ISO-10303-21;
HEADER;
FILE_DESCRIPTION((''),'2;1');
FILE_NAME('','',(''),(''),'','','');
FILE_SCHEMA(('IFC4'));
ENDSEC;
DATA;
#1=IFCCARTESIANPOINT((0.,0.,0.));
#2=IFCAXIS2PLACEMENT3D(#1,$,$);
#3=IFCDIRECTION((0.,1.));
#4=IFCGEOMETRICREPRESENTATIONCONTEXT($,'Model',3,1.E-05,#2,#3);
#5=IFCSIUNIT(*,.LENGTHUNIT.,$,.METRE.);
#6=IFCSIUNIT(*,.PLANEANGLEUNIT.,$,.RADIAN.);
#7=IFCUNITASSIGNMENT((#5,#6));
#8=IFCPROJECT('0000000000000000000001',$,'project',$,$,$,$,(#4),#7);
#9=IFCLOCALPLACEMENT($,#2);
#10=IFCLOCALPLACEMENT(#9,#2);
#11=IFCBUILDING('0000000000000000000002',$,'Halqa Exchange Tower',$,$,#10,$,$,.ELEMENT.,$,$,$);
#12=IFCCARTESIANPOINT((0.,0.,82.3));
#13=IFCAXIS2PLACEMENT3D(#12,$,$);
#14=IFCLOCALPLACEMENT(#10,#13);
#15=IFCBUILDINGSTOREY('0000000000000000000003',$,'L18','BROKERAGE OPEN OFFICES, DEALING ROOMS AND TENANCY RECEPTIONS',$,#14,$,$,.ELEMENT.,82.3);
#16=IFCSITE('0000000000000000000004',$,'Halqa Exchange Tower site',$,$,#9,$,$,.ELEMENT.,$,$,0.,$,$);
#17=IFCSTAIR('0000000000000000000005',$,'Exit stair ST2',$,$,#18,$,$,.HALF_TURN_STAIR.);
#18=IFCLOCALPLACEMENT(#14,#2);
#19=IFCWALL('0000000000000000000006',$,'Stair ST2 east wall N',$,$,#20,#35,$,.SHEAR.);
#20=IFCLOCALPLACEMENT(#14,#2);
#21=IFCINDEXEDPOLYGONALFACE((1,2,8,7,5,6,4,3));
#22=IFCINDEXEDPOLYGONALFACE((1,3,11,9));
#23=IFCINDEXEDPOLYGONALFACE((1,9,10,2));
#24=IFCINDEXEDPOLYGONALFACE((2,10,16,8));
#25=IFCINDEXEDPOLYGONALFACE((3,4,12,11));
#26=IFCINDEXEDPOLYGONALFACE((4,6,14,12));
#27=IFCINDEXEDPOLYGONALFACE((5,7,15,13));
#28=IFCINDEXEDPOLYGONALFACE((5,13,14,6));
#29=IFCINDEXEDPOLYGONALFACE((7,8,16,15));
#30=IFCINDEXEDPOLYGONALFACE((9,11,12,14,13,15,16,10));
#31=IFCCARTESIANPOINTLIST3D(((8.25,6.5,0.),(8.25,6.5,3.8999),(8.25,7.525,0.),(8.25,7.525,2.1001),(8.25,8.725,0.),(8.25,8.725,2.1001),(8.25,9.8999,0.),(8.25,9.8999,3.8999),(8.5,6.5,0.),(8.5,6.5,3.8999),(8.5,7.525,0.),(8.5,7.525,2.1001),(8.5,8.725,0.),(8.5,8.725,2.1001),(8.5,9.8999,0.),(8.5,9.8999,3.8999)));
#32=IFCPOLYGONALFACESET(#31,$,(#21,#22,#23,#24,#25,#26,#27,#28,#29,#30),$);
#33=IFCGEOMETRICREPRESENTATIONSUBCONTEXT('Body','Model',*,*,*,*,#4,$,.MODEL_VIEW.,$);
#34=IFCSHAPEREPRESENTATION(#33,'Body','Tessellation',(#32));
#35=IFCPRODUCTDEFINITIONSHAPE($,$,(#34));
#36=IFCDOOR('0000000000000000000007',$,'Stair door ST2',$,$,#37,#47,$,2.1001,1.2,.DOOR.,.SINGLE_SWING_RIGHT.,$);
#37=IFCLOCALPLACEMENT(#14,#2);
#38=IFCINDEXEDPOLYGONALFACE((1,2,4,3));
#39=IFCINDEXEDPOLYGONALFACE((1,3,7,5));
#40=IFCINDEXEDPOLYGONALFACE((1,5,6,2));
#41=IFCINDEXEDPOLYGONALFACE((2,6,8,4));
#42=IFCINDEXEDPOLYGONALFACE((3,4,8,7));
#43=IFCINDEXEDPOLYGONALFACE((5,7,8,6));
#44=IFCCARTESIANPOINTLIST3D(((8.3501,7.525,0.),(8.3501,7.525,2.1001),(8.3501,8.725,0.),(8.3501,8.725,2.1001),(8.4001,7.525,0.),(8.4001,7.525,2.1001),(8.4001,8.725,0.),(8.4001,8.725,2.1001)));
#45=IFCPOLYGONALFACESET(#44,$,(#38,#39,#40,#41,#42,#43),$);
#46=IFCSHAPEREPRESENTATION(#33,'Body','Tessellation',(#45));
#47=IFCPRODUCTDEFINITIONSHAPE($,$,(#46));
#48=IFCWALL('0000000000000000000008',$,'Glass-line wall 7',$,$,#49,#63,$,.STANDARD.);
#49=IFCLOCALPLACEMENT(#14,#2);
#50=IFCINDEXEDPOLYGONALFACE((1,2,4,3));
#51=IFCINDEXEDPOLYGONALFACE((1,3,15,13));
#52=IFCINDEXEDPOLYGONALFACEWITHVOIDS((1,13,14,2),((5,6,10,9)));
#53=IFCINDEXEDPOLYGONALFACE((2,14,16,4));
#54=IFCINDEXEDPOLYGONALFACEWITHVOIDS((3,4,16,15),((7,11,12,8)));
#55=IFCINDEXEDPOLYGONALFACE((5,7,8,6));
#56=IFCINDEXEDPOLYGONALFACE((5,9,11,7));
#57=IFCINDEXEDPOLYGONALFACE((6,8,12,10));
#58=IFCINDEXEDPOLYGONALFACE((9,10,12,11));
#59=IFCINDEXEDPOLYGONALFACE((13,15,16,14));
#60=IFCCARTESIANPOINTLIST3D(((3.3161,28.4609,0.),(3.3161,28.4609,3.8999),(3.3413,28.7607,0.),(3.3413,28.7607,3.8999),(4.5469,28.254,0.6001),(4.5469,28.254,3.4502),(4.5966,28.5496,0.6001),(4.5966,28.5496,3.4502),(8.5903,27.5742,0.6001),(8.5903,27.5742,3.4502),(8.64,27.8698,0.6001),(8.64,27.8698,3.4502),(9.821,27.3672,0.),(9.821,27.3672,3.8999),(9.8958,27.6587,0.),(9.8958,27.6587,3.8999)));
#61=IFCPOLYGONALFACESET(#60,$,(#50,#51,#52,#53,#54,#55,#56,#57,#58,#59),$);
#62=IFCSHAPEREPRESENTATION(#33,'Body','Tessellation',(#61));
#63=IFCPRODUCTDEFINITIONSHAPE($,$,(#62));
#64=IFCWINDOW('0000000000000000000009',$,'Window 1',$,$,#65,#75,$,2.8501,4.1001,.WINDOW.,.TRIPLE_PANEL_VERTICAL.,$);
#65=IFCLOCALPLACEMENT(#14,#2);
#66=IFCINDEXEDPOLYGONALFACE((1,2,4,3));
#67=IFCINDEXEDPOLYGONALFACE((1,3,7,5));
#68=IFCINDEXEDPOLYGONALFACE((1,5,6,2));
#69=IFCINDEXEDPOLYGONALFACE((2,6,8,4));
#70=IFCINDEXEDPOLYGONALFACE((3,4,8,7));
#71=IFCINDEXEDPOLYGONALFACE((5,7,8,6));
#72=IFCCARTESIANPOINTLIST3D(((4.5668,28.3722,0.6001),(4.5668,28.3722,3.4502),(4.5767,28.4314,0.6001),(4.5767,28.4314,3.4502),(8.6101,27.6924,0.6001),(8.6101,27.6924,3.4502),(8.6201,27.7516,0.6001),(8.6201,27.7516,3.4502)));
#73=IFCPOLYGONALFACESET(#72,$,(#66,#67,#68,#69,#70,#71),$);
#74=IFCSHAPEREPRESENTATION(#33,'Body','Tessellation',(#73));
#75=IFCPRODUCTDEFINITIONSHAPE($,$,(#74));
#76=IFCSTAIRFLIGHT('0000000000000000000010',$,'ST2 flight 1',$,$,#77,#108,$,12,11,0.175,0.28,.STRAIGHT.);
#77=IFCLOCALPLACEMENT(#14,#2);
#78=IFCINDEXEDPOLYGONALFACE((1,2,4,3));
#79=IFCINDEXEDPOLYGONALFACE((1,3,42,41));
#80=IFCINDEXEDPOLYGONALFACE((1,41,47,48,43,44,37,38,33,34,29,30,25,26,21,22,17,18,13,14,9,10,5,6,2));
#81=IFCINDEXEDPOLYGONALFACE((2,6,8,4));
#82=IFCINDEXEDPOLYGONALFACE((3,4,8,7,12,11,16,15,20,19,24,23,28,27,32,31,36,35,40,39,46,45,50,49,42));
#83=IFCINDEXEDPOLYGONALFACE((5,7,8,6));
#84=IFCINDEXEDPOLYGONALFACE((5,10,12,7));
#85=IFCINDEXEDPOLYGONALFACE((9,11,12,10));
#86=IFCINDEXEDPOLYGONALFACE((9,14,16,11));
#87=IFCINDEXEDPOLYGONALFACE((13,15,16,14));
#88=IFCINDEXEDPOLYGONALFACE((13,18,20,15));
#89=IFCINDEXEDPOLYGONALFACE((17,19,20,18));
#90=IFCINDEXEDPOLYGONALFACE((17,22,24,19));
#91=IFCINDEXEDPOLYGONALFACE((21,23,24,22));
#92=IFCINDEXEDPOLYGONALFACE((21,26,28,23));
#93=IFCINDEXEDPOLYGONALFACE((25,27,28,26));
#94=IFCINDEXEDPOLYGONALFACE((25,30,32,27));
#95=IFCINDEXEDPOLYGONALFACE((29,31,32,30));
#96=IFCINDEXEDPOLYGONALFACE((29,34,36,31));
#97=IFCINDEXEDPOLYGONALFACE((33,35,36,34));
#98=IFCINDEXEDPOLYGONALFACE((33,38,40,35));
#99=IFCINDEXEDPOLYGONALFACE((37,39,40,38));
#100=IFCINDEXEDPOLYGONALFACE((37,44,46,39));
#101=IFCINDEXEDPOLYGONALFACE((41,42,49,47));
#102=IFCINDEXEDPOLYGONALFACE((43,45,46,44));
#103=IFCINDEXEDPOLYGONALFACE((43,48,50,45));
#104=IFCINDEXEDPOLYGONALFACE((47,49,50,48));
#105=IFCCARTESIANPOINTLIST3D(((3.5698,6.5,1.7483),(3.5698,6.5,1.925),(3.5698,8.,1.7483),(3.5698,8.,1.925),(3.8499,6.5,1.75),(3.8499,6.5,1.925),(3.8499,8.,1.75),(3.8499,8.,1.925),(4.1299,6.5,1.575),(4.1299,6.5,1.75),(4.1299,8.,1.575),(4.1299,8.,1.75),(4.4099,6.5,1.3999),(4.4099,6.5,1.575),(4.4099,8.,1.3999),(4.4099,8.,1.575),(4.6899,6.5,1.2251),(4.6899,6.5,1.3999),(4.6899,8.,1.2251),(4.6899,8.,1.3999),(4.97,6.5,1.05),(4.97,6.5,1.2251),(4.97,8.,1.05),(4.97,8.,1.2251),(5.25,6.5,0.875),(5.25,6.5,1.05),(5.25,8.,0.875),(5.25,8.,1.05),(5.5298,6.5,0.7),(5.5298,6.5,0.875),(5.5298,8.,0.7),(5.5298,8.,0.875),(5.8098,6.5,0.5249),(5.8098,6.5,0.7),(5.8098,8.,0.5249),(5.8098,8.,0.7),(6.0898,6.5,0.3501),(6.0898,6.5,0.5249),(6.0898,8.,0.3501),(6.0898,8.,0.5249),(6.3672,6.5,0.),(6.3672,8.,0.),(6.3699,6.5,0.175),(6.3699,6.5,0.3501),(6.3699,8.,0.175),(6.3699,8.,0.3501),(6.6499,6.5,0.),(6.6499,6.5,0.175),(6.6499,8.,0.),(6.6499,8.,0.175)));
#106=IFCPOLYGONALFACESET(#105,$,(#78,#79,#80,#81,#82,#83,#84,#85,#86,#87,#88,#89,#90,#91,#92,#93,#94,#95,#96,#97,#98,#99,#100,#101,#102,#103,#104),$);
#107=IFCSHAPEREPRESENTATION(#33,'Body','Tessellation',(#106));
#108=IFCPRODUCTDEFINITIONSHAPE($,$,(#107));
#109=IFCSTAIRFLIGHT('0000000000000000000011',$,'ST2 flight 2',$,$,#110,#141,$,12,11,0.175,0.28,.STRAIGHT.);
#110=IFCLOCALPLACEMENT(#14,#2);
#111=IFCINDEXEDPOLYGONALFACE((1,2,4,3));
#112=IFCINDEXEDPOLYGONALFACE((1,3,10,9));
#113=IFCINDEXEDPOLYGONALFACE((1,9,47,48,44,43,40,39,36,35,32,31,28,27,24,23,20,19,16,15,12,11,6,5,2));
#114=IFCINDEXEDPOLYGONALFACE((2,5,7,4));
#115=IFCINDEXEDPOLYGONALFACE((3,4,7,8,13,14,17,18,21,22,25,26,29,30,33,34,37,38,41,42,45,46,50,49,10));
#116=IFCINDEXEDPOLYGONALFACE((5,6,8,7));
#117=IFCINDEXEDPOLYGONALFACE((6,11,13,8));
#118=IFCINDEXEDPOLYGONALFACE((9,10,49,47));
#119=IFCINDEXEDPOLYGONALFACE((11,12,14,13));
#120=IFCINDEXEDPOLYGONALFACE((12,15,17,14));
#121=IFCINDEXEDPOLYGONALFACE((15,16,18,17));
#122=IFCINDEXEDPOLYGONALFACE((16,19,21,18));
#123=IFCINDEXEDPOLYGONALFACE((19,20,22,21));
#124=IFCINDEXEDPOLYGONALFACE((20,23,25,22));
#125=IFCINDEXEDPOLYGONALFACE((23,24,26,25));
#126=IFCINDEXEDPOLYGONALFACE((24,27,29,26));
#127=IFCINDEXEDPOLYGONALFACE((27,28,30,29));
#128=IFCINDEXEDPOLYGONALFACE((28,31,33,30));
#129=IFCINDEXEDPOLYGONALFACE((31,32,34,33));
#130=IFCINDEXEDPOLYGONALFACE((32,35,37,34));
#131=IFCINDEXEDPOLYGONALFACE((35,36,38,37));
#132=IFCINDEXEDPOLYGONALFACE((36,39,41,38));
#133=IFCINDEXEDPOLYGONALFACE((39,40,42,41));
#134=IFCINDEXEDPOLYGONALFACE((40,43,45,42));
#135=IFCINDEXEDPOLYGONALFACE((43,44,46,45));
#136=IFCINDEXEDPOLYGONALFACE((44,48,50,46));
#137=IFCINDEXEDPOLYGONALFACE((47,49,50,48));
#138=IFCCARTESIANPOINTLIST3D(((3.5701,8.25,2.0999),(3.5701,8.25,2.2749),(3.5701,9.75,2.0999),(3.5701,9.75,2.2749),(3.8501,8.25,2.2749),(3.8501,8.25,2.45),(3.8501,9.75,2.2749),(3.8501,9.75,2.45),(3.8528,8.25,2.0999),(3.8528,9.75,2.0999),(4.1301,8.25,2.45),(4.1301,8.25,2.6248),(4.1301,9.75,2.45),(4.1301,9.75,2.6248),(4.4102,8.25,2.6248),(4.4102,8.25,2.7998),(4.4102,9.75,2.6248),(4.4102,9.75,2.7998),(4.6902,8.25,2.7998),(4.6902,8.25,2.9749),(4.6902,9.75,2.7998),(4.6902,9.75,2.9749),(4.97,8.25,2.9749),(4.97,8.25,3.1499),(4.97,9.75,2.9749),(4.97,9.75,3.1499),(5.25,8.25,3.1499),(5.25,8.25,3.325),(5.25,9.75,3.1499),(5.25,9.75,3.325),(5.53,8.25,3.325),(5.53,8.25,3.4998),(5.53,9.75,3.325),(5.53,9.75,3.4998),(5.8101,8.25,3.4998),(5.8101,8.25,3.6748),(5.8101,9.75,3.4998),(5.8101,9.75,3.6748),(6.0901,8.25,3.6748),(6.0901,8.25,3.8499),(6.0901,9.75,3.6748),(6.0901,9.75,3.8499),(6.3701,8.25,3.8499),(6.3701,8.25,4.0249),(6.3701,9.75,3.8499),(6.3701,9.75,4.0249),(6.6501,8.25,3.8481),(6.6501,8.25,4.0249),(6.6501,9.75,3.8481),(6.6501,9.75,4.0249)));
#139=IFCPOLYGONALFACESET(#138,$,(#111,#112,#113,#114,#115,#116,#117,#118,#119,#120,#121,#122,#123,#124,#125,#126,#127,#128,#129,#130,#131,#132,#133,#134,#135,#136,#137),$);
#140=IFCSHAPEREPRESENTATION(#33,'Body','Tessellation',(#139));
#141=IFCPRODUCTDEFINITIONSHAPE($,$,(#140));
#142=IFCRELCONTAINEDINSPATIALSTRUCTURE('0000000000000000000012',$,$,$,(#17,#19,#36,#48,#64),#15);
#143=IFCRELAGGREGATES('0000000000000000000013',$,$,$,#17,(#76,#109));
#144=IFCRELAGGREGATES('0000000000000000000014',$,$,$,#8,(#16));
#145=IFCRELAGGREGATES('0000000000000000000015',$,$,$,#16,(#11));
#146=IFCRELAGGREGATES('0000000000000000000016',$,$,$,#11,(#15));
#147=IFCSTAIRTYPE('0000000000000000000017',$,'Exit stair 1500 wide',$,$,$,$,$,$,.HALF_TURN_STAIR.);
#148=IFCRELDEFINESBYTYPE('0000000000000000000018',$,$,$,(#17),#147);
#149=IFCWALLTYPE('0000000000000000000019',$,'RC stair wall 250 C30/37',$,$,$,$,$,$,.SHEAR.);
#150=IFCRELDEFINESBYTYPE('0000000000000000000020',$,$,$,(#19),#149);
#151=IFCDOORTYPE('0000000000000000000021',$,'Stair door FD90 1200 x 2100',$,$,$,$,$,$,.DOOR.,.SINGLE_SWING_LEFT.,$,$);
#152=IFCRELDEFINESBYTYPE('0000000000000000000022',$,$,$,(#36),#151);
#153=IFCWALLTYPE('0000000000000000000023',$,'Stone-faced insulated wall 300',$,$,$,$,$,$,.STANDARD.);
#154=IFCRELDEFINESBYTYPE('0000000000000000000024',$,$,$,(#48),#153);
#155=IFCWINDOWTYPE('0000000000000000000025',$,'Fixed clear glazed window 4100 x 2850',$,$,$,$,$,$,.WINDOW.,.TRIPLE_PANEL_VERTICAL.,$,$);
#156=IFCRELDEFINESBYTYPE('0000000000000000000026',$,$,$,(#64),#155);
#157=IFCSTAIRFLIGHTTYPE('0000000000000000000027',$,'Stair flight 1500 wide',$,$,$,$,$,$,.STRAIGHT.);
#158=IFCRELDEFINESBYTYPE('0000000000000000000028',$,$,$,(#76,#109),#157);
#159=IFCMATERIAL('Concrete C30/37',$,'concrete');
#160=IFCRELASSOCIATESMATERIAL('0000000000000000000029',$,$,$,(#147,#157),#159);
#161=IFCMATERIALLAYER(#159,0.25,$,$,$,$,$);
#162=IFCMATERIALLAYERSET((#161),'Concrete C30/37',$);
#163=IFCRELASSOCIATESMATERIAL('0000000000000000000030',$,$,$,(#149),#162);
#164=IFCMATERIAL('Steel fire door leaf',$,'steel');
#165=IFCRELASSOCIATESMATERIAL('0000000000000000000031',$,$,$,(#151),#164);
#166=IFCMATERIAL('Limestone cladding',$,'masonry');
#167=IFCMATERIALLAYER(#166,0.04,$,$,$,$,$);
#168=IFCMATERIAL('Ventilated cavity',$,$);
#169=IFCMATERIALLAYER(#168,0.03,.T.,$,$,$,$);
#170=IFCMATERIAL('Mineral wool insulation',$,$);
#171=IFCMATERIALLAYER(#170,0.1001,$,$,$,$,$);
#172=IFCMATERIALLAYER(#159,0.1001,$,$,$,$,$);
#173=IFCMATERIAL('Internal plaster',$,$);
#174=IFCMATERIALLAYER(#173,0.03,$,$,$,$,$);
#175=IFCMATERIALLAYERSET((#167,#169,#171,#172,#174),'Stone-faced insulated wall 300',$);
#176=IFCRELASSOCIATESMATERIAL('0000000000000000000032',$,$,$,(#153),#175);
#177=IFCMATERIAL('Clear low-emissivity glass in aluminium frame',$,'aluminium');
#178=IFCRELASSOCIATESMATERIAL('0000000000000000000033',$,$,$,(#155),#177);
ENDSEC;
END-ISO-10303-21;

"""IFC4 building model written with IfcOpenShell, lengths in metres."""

from ifc_helpers import new_model, si_unit, direction, frame, frame_2d, origin, place, context, subcontext, project, spatial, polyline, rectangle, outline, extrude, material, layer, layer_set, type_object, element, fill, aggregate, save


model = new_model("IFC4")

# Units and contexts
model_context = context("Model", 3, precision=1e-05, world=origin(), true_north=direction((0.0, 1.0)))
body_context = subcontext(model_context, "Body", "Model", "MODEL_VIEW")
ifc_project = project(units=[si_unit("LENGTHUNIT", "METRE"), si_unit("PLANEANGLEUNIT", "RADIAN")], contexts=[model_context])

# Site, building, storey
site_placement = place(None, origin())
site = spatial("IfcSite", under=ifc_project, at=site_placement, Name="Halqa Exchange Tower site", CompositionType="ELEMENT", RefElevation=0.0)
building_placement = place(site_placement, origin())
building = spatial("IfcBuilding", under=site, at=building_placement, Name="Halqa Exchange Tower", CompositionType="ELEMENT")
storey_placement = place(building_placement, frame((0.0, 0.0, 82.3)))
storey = spatial("IfcBuildingStorey", under=building, at=storey_placement, Name="L18", Description="BROKERAGE OPEN OFFICES, DEALING ROOMS AND TENANCY RECEPTIONS", CompositionType="ELEMENT", Elevation=82.3)

# Stair
ifc_material_1 = material(Name="Concrete C30/37", Category="concrete")
stair_type = type_object("IfcStairType", Name="Exit stair 1500 wide", PredefinedType="HALF_TURN_STAIR", material=ifc_material_1)
stair_1_placement = place(storey_placement, origin())
stair_1 = element("IfcStair", 1, at=stair_1_placement, inside=storey, type_object=stair_type, Name="Exit stair ST2", PredefinedType="HALF_TURN_STAIR")

# Shared definitions
ifc_layer_1 = layer(ifc_material_1, 0.25)
ifc_layer_set_1 = layer_set([ifc_layer_1], Name="Concrete C30/37")
wall_type_1 = type_object("IfcWallType", Name="RC stair wall 250 C30/37", PredefinedType="SHEAR", material=ifc_layer_set_1)

# Wall, opening, door
wall_1_placement = place(storey_placement, frame((8.375, 6.5, 0.0), z_axis=(0.0, 0.0, 1.0), x_axis=(0.0, 1.0, 0.0)))
wall_1 = element("IfcWall", 2, at=wall_1_placement, inside=storey, type_object=wall_type_1, Name="Stair ST2 east wall N", PredefinedType="SHEAR", context=body_context, shape_type="SweptSolid", body=[
    extrude(rectangle(XDim=3.3999, YDim=0.25, at=frame_2d((1.7, 0.0))), origin(), (0.0, 0.0, 1.0), 3.8999),
])
opening_1_placement = place(wall_1_placement, frame((1.0249, 0.0, 0.0)))
opening_1 = element("IfcOpeningElement", 3, at=opening_1_placement, cuts=wall_1, PredefinedType="OPENING", context=body_context, shape_type="SweptSolid", body=[
    extrude(rectangle(XDim=1.2, YDim=2.1001, at=frame_2d((0.6001, 1.05))), frame((0.0, 0.137, 0.0), z_axis=(0.0, -1.0, 0.0), x_axis=(1.0, 0.0, 0.0)), (0.0, 0.0, 1.0), 0.2739),
])
ifc_material_2 = material(Name="Steel fire door leaf", Category="steel")
door_type_1 = type_object("IfcDoorType", Name="Stair door FD90 1200 x 2100", OperationType="SINGLE_SWING_LEFT", PredefinedType="DOOR", material=ifc_material_2)
door_1_placement = place(opening_1_placement, origin())
door_1 = element("IfcDoor", 4, at=door_1_placement, inside=storey, type_object=door_type_1, Name="Stair door ST2", OperationType="SINGLE_SWING_RIGHT", OverallHeight=2.1001, OverallWidth=1.2, PredefinedType="DOOR", context=body_context, shape_type="SweptSolid", body=[
    extrude(rectangle(XDim=1.2, YDim=2.1001, at=frame_2d((0.6001, 1.05))), frame((0.0, 0.0249, 0.0), z_axis=(0.0, -1.0, 0.0), x_axis=(1.0, 0.0, 0.0)), (0.0, 0.0, 1.0), 0.05),
])
fill(opening_1, door_1)

# Wall, opening, window
ifc_material_3 = material(Name="Limestone cladding", Category="masonry")
ifc_layer_2 = layer(ifc_material_3, 0.04)
ifc_material_4 = material(Name="Ventilated cavity")
ifc_layer_3 = layer(ifc_material_4, 0.03, ventilated=True)
ifc_material_5 = material(Name="Mineral wool insulation")
ifc_layer_4 = layer(ifc_material_5, 0.1001)
ifc_layer_5 = layer(ifc_material_1, 0.1001)
ifc_material_6 = material(Name="Internal plaster")
ifc_layer_6 = layer(ifc_material_6, 0.03)
ifc_layer_set_2 = layer_set([ifc_layer_2, ifc_layer_3, ifc_layer_4, ifc_layer_5, ifc_layer_6], Name="Stone-faced insulated wall 300")
wall_type_2 = type_object("IfcWallType", Name="Stone-faced insulated wall 300", PredefinedType="STANDARD", material=ifc_layer_set_2)
wall_2_placement = place(storey_placement, frame((9.8584, 27.5129, 0.0), z_axis=(0.0, 0.0, 1.0), x_axis=(-0.986158, 0.16581, 0.0)))
wall_2 = element("IfcWall", 5, at=wall_2_placement, inside=storey, type_object=wall_type_2, Name="Glass-line wall 7", PredefinedType="STANDARD", context=body_context, shape_type="SweptSolid", body=[
    extrude(outline(polyline([(-0.0127, -0.1499), (6.6338, -0.1499), (6.6089, 0.1499), (0.0127, 0.1499), (-0.0127, -0.1499)])), origin(), (0.0, 0.0, 1.0), 3.8999),
])
opening_2_placement = place(wall_2_placement, frame((1.2607, 0.0, 0.6001)))
opening_2 = element("IfcOpeningElement", 6, at=opening_2_placement, cuts=wall_2, PredefinedType="OPENING", context=body_context, shape_type="SweptSolid", body=[
    extrude(rectangle(XDim=4.1001, YDim=2.8501, at=frame_2d((2.05, 1.425))), frame((0.0, 0.1621, 0.0), z_axis=(0.0, -1.0, 0.0), x_axis=(1.0, 0.0, 0.0)), (0.0, 0.0, 1.0), 0.324),
])
ifc_material_7 = material(Name="Clear low-emissivity glass in aluminium frame", Category="aluminium")
window_type = type_object("IfcWindowType", Name="Fixed clear glazed window 4100 x 2850", PartitioningType="TRIPLE_PANEL_VERTICAL", PredefinedType="WINDOW", material=ifc_material_7)
window_placement = place(opening_2_placement, origin())
window = element("IfcWindow", 7, at=window_placement, inside=storey, type_object=window_type, Name="Window 1", OverallHeight=2.8501, OverallWidth=4.1001, PartitioningType="TRIPLE_PANEL_VERTICAL", PredefinedType="WINDOW", context=body_context, shape_type="SweptSolid", body=[
    extrude(rectangle(XDim=4.1001, YDim=2.8501, at=frame_2d((2.05, 1.425))), frame((0.0, 0.03, 0.0), z_axis=(0.0, -1.0, 0.0), x_axis=(1.0, 0.0, 0.0)), (0.0, 0.0, 1.0), 0.0601),
])
fill(opening_2, window)

# Stair flights
stair_flight_type = type_object("IfcStairFlightType", Name="Stair flight 1500 wide", PredefinedType="STRAIGHT", material=ifc_material_1)
stair_flight_1_placement = place(storey_placement, frame((6.6499, 7.25, 0.0), z_axis=(0.0, 0.0, 1.0), x_axis=(-1.0, 0.0, 0.0)))
stair_flight_1 = element("IfcStairFlight", 8, at=stair_flight_1_placement, type_object=stair_flight_type, Name="ST2 flight 1", NumberOfRisers=12, NumberOfTreads=11, PredefinedType="STRAIGHT", RiserHeight=0.175, TreadLength=0.28, context=body_context, shape_type="SweptSolid", body=[
    extrude(outline(polyline([(0.0, 0.0), (0.0, 0.175), (0.28, 0.175), (0.28, 0.3501), (0.5601, 0.3501), (0.5601, 0.5249), (0.8401, 0.5249), (0.8401, 0.7), (1.1201, 0.7), (1.1201, 0.875), (1.3999, 0.875), (1.3999, 1.05), (1.6799, 1.05), (1.6799, 1.2251), (1.96, 1.2251), (1.96, 1.3999), (2.24, 1.3999), (2.24, 1.575), (2.52, 1.575), (2.52, 1.75), (2.8, 1.75), (2.8, 1.925), (3.0801, 1.925), (3.0801, 2.1001), (3.0801, 1.7483), (0.2827, 0.0), (0.0, 0.0)])), frame((0.0, 0.75, 0.0), z_axis=(0.0, -1.0, 0.0), x_axis=(1.0, 0.0, 0.0)), (0.0, 0.0, 1.0), 1.5),
])
stair_flight_2_placement = place(storey_placement, frame((3.5701, 9.0, 2.0999), z_axis=(0.0, 0.0, 1.0), x_axis=(1.0, 0.0, 0.0)))
stair_flight_2 = element("IfcStairFlight", 9, at=stair_flight_2_placement, type_object=stair_flight_type, Name="ST2 flight 2", NumberOfRisers=12, NumberOfTreads=11, PredefinedType="STRAIGHT", RiserHeight=0.175, TreadLength=0.28, context=body_context, shape_type="SweptSolid", body=[
    extrude(outline(polyline([(0.0, 0.0), (0.0, 0.175), (0.28, 0.175), (0.28, 0.3501), (0.5601, 0.3501), (0.5601, 0.5249), (0.8401, 0.5249), (0.8401, 0.7), (1.1201, 0.7), (1.1201, 0.875), (1.3999, 0.875), (1.3999, 1.05), (1.6799, 1.05), (1.6799, 1.2251), (1.96, 1.2251), (1.96, 1.3999), (2.24, 1.3999), (2.24, 1.575), (2.52, 1.575), (2.52, 1.75), (2.8, 1.75), (2.8, 1.925), (3.0801, 1.925), (3.0801, 2.1001), (3.0801, 1.7483), (0.2827, 0.0), (0.0, 0.0)])), frame((0.0, 0.75, 0.0), z_axis=(0.0, -1.0, 0.0), x_axis=(1.0, 0.0, 0.0)), (0.0, 0.0, 1.0), 1.5),
])
aggregate(stair_1, [stair_flight_1, stair_flight_2])

save(model, "model.ifc")
